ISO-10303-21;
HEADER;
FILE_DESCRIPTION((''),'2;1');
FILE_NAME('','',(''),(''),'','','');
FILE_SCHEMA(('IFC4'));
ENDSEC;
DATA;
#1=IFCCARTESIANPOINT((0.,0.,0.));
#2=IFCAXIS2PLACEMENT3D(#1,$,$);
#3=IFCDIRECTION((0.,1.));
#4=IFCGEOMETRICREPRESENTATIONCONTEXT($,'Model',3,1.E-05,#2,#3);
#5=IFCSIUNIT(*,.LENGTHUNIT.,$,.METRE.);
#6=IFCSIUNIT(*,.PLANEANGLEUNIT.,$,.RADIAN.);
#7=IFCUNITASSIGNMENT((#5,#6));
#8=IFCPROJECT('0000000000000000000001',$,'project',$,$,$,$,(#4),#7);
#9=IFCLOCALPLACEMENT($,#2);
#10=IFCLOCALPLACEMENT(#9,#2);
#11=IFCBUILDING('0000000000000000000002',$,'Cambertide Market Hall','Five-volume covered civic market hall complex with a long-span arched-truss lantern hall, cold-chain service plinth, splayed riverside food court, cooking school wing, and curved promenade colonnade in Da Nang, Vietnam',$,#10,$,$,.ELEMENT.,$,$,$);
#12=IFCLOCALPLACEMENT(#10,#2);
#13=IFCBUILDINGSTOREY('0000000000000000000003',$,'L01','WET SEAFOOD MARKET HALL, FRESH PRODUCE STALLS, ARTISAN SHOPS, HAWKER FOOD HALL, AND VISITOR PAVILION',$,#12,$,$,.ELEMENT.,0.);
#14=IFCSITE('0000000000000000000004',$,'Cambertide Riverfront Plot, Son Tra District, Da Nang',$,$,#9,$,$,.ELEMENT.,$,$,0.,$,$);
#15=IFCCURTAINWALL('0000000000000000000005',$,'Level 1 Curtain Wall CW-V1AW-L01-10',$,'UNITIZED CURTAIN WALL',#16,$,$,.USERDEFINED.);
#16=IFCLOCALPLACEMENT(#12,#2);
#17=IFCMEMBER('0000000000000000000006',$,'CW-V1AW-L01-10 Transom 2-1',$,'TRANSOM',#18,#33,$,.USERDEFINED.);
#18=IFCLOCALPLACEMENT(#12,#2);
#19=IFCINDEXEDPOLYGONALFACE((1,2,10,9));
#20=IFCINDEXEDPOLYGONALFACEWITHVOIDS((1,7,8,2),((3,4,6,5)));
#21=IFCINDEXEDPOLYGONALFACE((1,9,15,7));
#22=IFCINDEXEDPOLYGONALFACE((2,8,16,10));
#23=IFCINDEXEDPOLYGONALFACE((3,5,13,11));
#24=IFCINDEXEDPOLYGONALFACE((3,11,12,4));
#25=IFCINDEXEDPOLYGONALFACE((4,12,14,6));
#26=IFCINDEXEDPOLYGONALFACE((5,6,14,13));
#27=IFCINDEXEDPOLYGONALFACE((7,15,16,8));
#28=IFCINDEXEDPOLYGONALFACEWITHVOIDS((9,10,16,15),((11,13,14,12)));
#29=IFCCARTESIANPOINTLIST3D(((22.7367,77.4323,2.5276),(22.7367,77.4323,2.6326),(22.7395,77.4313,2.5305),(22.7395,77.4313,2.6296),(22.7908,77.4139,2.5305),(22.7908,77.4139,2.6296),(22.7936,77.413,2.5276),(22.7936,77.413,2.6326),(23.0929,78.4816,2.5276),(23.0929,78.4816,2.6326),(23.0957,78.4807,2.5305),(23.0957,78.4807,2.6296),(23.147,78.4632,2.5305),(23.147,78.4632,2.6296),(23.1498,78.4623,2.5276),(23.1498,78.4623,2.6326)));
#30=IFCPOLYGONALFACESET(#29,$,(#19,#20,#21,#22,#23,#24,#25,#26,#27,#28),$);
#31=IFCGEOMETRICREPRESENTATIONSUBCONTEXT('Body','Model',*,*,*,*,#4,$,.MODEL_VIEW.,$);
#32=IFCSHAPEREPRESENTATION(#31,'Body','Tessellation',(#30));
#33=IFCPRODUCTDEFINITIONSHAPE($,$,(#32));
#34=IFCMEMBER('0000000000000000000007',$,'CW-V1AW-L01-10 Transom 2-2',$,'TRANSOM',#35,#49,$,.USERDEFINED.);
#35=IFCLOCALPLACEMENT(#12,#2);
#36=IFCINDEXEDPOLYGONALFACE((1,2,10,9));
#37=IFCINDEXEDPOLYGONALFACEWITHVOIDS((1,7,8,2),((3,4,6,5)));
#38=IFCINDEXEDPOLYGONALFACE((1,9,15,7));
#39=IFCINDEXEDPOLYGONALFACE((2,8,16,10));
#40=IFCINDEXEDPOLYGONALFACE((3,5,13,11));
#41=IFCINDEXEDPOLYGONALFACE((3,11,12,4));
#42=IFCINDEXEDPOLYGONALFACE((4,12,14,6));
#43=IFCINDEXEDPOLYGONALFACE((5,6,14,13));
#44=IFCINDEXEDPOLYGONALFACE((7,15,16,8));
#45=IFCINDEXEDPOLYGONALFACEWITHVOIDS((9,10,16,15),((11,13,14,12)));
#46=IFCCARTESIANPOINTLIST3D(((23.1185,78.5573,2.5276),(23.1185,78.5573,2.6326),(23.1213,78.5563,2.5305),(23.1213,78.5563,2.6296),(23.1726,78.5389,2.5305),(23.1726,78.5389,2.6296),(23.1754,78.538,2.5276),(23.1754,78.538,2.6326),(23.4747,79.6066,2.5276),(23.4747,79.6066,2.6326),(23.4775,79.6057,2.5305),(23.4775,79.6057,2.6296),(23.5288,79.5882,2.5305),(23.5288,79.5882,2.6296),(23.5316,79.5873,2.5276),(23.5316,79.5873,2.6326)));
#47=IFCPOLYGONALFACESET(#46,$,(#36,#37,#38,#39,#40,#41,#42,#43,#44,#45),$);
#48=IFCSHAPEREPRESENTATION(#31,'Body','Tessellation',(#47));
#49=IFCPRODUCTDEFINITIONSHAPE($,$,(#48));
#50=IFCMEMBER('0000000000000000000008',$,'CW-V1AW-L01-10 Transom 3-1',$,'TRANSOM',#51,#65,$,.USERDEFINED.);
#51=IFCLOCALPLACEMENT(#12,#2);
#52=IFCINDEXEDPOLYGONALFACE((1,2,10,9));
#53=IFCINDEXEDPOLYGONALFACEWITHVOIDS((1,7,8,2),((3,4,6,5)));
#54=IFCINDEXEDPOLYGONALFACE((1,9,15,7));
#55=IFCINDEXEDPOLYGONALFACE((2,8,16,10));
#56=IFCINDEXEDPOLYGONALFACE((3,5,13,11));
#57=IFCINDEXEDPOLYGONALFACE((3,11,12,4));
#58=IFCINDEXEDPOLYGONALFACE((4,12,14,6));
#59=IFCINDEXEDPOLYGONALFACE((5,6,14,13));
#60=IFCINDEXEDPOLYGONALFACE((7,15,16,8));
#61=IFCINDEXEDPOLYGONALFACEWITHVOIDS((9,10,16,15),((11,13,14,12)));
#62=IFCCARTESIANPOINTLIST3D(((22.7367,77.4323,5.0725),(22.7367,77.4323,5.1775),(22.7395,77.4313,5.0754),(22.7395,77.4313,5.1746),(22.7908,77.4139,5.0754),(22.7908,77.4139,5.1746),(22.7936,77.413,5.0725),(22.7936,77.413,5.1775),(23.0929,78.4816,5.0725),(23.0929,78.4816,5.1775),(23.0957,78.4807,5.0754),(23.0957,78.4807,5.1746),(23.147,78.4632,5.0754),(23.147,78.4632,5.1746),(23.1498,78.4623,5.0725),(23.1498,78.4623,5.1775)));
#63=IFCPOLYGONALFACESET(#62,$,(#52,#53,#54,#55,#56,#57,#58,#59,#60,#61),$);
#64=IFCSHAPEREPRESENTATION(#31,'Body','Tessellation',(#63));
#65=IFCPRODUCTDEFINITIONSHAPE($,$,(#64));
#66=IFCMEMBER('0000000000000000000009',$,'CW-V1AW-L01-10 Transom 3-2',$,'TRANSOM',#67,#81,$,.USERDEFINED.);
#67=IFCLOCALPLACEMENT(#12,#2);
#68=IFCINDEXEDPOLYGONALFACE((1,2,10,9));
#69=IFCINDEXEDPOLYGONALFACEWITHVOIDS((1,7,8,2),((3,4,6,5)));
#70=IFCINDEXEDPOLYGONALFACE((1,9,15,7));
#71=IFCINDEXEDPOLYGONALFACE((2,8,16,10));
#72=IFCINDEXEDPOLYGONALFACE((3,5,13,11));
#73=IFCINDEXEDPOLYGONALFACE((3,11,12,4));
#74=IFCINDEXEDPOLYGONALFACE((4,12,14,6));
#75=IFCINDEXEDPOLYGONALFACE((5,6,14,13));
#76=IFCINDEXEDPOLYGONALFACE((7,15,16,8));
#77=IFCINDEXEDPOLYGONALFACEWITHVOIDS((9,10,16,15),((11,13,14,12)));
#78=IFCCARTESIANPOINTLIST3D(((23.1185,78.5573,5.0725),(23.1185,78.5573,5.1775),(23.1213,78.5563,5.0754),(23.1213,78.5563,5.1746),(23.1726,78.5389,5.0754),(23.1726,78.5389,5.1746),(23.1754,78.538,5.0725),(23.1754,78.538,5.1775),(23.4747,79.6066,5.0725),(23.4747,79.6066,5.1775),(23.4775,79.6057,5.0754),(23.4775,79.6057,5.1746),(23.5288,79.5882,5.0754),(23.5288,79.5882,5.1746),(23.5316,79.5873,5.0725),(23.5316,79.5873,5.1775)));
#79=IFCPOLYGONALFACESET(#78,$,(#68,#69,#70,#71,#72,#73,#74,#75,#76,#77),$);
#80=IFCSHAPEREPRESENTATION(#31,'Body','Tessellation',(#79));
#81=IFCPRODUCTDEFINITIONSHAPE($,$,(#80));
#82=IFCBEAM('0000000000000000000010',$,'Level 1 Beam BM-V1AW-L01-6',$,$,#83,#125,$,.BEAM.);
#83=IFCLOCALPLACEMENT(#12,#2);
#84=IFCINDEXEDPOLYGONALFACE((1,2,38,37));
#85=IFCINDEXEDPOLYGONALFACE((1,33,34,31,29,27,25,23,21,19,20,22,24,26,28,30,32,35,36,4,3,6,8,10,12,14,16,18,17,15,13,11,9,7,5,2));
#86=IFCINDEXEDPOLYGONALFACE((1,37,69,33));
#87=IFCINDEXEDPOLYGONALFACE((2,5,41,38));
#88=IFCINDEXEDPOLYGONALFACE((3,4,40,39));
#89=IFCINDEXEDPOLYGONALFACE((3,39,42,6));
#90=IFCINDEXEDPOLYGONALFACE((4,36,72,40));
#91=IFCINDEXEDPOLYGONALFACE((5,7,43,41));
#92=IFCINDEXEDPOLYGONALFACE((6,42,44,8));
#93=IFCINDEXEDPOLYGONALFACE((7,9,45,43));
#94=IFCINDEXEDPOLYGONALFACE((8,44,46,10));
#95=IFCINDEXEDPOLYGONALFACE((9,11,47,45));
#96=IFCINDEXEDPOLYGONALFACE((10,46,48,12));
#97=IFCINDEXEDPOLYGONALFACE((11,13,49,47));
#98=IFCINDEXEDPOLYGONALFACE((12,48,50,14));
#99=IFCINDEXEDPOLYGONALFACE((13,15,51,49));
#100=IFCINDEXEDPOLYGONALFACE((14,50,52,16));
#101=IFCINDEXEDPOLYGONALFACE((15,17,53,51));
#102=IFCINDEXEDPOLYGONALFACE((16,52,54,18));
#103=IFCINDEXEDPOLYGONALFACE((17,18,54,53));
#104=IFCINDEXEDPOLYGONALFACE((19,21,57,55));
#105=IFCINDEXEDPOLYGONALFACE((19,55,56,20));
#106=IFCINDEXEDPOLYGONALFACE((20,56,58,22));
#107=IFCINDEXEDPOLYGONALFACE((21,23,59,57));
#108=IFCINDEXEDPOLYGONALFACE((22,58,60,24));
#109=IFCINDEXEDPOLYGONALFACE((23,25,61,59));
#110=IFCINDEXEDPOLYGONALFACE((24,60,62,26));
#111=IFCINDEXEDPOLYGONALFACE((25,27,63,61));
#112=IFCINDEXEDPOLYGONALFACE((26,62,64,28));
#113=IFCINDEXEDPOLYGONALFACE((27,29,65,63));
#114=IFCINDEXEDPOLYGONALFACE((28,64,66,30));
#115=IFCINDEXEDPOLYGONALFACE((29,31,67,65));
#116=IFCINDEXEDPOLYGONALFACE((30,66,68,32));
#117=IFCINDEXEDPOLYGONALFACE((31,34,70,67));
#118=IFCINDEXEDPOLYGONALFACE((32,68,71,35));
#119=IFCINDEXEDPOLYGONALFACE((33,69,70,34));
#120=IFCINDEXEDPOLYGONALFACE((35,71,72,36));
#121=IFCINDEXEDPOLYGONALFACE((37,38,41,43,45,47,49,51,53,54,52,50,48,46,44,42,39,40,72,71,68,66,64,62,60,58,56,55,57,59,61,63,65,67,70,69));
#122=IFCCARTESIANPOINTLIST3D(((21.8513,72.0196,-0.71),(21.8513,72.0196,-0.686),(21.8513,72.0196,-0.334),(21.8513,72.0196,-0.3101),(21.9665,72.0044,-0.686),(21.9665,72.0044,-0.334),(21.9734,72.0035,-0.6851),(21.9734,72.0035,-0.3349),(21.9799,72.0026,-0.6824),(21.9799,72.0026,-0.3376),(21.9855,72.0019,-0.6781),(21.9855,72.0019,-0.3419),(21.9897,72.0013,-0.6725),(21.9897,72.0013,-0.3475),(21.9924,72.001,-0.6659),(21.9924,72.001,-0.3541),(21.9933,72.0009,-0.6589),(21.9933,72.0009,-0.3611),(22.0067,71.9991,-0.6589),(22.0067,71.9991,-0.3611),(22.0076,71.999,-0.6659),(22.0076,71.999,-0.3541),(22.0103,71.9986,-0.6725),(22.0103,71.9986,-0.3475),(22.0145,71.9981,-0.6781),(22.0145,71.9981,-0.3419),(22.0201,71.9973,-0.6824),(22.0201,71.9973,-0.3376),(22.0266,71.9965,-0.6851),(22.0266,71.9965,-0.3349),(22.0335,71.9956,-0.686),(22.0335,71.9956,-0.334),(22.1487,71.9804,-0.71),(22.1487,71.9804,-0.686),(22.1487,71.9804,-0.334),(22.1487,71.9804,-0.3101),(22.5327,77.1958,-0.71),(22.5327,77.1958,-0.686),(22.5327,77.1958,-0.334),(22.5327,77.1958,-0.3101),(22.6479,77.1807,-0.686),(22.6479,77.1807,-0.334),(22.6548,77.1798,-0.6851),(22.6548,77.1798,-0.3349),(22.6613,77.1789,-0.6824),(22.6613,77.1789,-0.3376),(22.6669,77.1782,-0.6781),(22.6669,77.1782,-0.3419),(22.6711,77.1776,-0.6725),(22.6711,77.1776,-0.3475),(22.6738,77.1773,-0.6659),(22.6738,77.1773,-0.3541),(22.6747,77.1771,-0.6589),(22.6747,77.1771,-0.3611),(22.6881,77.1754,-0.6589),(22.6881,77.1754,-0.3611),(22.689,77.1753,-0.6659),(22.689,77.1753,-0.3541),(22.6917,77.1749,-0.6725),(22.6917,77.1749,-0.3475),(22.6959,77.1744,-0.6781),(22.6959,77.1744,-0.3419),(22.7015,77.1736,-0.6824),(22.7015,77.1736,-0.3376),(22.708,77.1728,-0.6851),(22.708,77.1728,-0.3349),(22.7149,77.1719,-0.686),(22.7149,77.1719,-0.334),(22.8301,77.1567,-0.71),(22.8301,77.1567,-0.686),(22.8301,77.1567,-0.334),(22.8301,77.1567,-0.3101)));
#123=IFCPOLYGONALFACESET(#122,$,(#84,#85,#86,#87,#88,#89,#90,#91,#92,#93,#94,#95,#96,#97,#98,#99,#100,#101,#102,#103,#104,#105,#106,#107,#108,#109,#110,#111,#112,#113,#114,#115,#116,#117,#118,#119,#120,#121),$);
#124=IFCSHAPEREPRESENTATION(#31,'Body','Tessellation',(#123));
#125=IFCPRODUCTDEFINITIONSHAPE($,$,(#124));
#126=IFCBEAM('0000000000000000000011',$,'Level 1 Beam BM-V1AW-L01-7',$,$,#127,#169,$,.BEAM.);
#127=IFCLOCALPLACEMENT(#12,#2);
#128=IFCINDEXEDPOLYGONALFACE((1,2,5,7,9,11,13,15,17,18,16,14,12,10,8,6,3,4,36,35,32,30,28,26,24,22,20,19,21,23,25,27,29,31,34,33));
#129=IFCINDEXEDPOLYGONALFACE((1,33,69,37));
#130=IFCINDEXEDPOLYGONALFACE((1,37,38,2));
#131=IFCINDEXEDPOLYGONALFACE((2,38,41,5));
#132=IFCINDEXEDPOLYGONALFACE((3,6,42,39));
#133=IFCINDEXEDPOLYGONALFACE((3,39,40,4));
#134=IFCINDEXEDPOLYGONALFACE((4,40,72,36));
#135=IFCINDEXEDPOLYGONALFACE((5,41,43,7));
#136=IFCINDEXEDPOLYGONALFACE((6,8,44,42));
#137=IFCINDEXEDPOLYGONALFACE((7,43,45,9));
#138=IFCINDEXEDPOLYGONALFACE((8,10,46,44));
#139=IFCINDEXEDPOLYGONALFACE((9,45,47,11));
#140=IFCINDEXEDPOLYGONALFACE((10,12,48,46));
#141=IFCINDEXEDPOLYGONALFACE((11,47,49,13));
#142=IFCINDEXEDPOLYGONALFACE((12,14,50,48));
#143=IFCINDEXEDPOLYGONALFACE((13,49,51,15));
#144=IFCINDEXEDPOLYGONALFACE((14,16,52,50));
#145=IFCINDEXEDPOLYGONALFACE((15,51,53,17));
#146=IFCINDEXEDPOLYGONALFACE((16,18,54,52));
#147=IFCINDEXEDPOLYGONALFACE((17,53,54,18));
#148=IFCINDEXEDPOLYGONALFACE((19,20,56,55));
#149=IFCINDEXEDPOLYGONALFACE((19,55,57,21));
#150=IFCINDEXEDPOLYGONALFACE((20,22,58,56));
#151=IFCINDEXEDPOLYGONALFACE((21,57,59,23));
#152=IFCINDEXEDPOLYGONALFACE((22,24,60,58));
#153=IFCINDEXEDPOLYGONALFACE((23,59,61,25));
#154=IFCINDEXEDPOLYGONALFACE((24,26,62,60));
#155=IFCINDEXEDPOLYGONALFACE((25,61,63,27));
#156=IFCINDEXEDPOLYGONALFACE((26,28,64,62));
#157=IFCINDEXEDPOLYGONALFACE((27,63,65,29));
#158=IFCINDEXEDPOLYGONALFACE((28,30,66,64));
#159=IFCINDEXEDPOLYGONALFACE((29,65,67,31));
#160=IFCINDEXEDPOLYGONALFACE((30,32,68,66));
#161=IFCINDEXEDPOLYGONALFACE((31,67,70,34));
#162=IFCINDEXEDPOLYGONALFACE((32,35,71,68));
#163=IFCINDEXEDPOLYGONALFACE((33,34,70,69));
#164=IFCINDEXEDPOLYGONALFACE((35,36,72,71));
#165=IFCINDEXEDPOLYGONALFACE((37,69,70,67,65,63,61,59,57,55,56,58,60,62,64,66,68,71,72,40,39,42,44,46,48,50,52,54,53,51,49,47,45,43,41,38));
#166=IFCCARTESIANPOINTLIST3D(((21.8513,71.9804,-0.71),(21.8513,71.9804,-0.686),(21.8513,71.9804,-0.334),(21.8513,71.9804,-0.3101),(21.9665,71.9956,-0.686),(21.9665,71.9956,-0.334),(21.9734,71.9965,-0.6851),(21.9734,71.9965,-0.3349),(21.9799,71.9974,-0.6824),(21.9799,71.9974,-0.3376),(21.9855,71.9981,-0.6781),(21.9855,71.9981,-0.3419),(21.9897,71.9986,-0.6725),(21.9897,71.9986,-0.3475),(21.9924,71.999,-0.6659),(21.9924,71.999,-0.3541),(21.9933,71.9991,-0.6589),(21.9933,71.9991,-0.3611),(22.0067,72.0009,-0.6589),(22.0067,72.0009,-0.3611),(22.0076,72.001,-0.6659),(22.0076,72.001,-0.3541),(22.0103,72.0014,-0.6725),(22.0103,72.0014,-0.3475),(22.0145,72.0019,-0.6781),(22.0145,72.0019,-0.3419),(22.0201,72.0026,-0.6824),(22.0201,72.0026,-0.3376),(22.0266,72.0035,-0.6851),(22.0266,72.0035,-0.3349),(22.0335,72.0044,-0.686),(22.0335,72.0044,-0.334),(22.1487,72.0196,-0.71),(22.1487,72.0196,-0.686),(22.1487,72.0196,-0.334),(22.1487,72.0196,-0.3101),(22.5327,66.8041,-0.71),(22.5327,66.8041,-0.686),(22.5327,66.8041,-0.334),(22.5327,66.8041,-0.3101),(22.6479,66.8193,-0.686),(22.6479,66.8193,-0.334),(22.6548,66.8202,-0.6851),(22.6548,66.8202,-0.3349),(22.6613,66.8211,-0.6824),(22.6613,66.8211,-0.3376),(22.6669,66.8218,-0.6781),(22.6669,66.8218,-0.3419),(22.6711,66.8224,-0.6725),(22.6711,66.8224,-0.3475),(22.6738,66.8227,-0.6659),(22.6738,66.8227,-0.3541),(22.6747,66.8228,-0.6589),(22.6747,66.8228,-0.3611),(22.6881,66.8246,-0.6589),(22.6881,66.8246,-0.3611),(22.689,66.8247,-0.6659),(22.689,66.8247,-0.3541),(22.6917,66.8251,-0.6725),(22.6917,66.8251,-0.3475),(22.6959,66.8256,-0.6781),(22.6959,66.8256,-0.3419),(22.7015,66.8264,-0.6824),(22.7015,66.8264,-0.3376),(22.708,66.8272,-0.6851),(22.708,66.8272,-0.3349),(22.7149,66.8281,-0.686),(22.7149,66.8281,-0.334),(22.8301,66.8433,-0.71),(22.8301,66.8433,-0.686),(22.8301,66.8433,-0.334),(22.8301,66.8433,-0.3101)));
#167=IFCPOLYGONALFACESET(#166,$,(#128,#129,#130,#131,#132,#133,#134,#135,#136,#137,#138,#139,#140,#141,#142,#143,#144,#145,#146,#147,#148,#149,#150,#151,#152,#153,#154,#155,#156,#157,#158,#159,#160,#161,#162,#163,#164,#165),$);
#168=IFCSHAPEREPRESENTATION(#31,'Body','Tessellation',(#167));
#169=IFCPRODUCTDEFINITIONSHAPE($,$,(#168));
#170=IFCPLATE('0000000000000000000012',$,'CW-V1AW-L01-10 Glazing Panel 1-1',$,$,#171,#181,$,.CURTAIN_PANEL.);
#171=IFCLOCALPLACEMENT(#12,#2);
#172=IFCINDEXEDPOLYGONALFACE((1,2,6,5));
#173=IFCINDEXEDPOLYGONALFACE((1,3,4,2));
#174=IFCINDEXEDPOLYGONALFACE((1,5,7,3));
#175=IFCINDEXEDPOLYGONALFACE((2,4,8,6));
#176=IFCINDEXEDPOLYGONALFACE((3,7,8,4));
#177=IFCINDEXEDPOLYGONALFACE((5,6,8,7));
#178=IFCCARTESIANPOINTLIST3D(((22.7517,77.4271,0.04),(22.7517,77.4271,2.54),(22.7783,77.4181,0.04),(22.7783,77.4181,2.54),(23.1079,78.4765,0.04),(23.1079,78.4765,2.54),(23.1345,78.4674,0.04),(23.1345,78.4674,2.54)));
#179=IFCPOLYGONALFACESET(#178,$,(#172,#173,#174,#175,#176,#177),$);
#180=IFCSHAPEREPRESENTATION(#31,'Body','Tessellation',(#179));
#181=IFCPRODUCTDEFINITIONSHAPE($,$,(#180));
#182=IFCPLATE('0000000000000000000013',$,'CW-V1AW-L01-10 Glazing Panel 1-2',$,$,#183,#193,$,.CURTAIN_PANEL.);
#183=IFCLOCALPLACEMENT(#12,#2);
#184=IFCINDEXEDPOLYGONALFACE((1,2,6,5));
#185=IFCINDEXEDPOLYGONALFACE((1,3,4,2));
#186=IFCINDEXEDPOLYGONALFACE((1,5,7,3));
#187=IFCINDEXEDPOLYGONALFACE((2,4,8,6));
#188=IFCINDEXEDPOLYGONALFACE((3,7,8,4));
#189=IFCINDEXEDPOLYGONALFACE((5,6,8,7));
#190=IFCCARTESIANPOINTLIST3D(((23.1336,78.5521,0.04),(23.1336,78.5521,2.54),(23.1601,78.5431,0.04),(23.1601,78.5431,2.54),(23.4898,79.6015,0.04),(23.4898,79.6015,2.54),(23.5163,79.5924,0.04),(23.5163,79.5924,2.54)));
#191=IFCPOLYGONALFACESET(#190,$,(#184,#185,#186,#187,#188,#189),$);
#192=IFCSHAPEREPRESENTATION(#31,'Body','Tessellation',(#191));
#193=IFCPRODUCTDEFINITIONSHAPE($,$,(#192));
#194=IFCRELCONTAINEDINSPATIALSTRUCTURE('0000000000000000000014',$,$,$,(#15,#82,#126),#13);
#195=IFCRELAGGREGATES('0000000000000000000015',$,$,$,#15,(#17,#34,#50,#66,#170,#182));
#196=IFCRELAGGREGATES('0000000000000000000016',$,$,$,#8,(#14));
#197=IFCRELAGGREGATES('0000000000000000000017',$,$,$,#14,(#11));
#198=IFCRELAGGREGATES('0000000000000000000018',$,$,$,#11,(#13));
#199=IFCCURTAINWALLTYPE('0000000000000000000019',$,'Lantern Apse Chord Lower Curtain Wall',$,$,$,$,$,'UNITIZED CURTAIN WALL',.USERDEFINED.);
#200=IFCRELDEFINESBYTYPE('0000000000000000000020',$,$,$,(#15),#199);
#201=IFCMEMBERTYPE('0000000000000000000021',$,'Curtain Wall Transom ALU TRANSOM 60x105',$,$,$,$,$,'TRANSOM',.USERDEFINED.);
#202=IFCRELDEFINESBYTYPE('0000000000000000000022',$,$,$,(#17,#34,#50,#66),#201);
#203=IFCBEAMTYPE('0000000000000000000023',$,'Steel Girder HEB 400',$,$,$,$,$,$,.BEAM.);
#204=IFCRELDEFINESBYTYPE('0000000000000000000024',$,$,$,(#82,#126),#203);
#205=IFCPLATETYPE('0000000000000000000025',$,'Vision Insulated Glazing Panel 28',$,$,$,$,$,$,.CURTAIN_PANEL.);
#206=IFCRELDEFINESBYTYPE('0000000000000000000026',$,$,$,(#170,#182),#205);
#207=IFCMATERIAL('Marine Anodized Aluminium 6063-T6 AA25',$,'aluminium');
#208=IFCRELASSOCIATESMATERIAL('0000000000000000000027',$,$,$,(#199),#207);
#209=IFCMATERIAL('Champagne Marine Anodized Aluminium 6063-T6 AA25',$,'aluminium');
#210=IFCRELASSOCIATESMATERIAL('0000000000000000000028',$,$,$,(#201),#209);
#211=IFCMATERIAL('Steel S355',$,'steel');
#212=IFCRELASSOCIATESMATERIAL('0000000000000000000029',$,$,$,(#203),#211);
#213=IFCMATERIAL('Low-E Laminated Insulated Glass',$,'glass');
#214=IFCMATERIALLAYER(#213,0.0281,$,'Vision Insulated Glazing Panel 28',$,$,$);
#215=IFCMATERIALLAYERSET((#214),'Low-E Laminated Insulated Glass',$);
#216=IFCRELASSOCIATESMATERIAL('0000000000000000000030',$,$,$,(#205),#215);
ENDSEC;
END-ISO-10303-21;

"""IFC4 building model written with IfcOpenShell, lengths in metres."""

from ifc_helpers import new_model, si_unit, direction, frame, origin, origin_2d, place, context, subcontext, project, spatial, rectangle, hollow_rectangle, i_section, extrude, material, layer, layer_set, material_profile, profile_set, type_object, element, aggregate, save


model = new_model("IFC4")

# Units and contexts
model_context = context("Model", 3, precision=1e-05, world=origin(), true_north=direction((0.0, 1.0)))
body_context = subcontext(model_context, "Body", "Model", "MODEL_VIEW")
ifc_project = project(units=[si_unit("LENGTHUNIT", "METRE"), si_unit("PLANEANGLEUNIT", "RADIAN")], contexts=[model_context])

# Site, building, storey
site_placement = place(None, origin())
site = spatial("IfcSite", under=ifc_project, at=site_placement, Name="Cambertide Riverfront Plot, Son Tra District, Da Nang", CompositionType="ELEMENT", RefElevation=0.0)
building_placement = place(site_placement, origin())
building = spatial("IfcBuilding", under=site, at=building_placement, Name="Cambertide Market Hall", Description="Five-volume covered civic market hall complex with a long-span arched-truss lantern hall, cold-chain service plinth, splayed riverside food court, cooking school wing, and curved promenade colonnade in Da Nang, Vietnam", CompositionType="ELEMENT")
storey_placement = place(building_placement, origin())
storey = spatial("IfcBuildingStorey", under=building, at=storey_placement, Name="L01", Description="WET SEAFOOD MARKET HALL, FRESH PRODUCE STALLS, ARTISAN SHOPS, HAWKER FOOD HALL, AND VISITOR PAVILION", CompositionType="ELEMENT", Elevation=0.0)

# Shared definitions
ifc_material_1 = material(Name="Marine Anodized Aluminium 6063-T6 AA25", Category="aluminium")
curtain_wall_type = type_object("IfcCurtainWallType", Name="Lantern Apse Chord Lower Curtain Wall", ElementType="UNITIZED CURTAIN WALL", PredefinedType="USERDEFINED", material=ifc_material_1)

# Curtain wall
curtain_wall_1_placement = place(storey_placement, origin())
curtain_wall_1 = element("IfcCurtainWall", 1, at=curtain_wall_1_placement, inside=storey, type_object=curtain_wall_type, Name="Level 1 Curtain Wall CW-V1AW-L01-10", ObjectType="UNITIZED CURTAIN WALL", PredefinedType="USERDEFINED")

# Members
ifc_material_2 = material(Name="Champagne Marine Anodized Aluminium 6063-T6 AA25", Category="aluminium")
ifc_material_profile_1 = material_profile(ifc_material_2, hollow_rectangle(XDim=0.0601, YDim=0.105, WallThickness=0.0029, at=origin_2d()), Name="ALU TRANSOM 60x105")
ifc_profile_set_1 = profile_set([ifc_material_profile_1], Name="Champagne Marine Anodized Aluminium 6063-T6 AA25")
member_type_1 = type_object("IfcMemberType", Name="Curtain Wall Transom ALU TRANSOM 60x105", ElementType="TRANSOM", PredefinedType="USERDEFINED", material=ifc_profile_set_1)
member_1_placement = place(storey_placement, frame((22.7651, 77.4226, 2.5801), z_axis=(0.321445, 0.946928, 0.0), x_axis=(-0.946928, 0.321445, 0.0)))
member_1 = element("IfcMember", 2, at=member_1_placement, type_object=member_type_1, Name="CW-V1AW-L01-10 Transom 2-1", ObjectType="TRANSOM", PredefinedType="USERDEFINED", context=body_context, shape_type="SweptSolid", body=[
    extrude(hollow_rectangle(XDim=0.0601, YDim=0.105, WallThickness=0.0029, at=origin_2d()), origin(), (0.0, 0.0, 1.0), 1.1082),
])
member_2_placement = place(storey_placement, frame((23.147, 78.5476, 2.5801), z_axis=(0.321445, 0.946928, 0.0), x_axis=(-0.946928, 0.321445, 0.0)))
member_2 = element("IfcMember", 3, at=member_2_placement, type_object=member_type_1, Name="CW-V1AW-L01-10 Transom 2-2", ObjectType="TRANSOM", PredefinedType="USERDEFINED", context=body_context, shape_type="SweptSolid", body=[
    extrude(hollow_rectangle(XDim=0.0601, YDim=0.105, WallThickness=0.0029, at=origin_2d()), origin(), (0.0, 0.0, 1.0), 1.1082),
])
member_3_placement = place(storey_placement, frame((22.7651, 77.4226, 5.125), z_axis=(0.321445, 0.946928, 0.0), x_axis=(-0.946928, 0.321445, 0.0)))
member_3 = element("IfcMember", 4, at=member_3_placement, type_object=member_type_1, Name="CW-V1AW-L01-10 Transom 3-1", ObjectType="TRANSOM", PredefinedType="USERDEFINED", context=body_context, shape_type="SweptSolid", body=[
    extrude(hollow_rectangle(XDim=0.0601, YDim=0.105, WallThickness=0.0029, at=origin_2d()), origin(), (0.0, 0.0, 1.0), 1.1082),
])
member_4_placement = place(storey_placement, frame((23.147, 78.5476, 5.125), z_axis=(0.321445, 0.946928, 0.0), x_axis=(-0.946928, 0.321445, 0.0)))
member_4 = element("IfcMember", 5, at=member_4_placement, type_object=member_type_1, Name="CW-V1AW-L01-10 Transom 3-2", ObjectType="TRANSOM", PredefinedType="USERDEFINED", context=body_context, shape_type="SweptSolid", body=[
    extrude(hollow_rectangle(XDim=0.0601, YDim=0.105, WallThickness=0.0029, at=origin_2d()), origin(), (0.0, 0.0, 1.0), 1.1082),
])

# Beams
ifc_material_3 = material(Name="Steel S355", Category="steel")
ifc_material_profile_2 = material_profile(ifc_material_3, i_section(OverallWidth=0.3, OverallDepth=0.3999, WebThickness=0.0134, FlangeThickness=0.0239, FilletRadius=0.0271, at=origin_2d()), Name="HEB 400")
ifc_profile_set_2 = profile_set([ifc_material_profile_2], Name="Steel S355")
beam_type = type_object("IfcBeamType", Name="Steel Girder HEB 400", PredefinedType="BEAM", material=ifc_profile_set_2)
for number, where, z_axis, x_axis, name in (
    (6, (22.6814, 77.1763, -0.51), (-0.130513, -0.991447, 0.0), (0.991447, -0.130513, 0.0), "Level 1 Beam BM-V1AW-L01-6"),
    (7, (22.0, 72.0, -0.51), (0.130513, -0.991447, 0.0), (0.991447, 0.130513, 0.0), "Level 1 Beam BM-V1AW-L01-7"),
):
    element("IfcBeam", number, at=place(storey_placement, frame(where, z_axis=z_axis, x_axis=x_axis)), inside=storey, type_object=beam_type, Name=name, PredefinedType="BEAM", context=body_context, shape_type="SweptSolid", body=[
        extrude(i_section(OverallWidth=0.3, OverallDepth=0.3999, WebThickness=0.0134, FlangeThickness=0.0239, FilletRadius=0.0271, at=origin_2d()), origin(), (0.0, 0.0, 1.0), 5.2209),
    ])

# Plates
ifc_material_4 = material(Name="Low-E Laminated Insulated Glass", Category="glass")
ifc_layer_1 = layer(ifc_material_4, 0.0281, Name="Vision Insulated Glazing Panel 28")
ifc_layer_set_1 = layer_set([ifc_layer_1], Name="Low-E Laminated Insulated Glass")
plate_type = type_object("IfcPlateType", Name="Vision Insulated Glazing Panel 28", PredefinedType="CURTAIN_PANEL", material=ifc_layer_set_1)
plate_1_placement = place(storey_placement, frame((22.9431, 77.9473, 0.04), z_axis=(0.0, 0.0, 1.0), x_axis=(0.321439, 0.94693, 0.0)))
plate_1 = element("IfcPlate", 8, at=plate_1_placement, type_object=plate_type, Name="CW-V1AW-L01-10 Glazing Panel 1-1", PredefinedType="CURTAIN_PANEL", context=body_context, shape_type="SweptSolid", body=[
    extrude(rectangle(XDim=1.1082, YDim=0.0281, at=origin_2d()), origin(), (0.0, 0.0, 1.0), 2.5),
])
plate_2_placement = place(storey_placement, frame((23.325, 79.0723, 0.04), z_axis=(0.0, 0.0, 1.0), x_axis=(0.321439, 0.94693, 0.0)))
plate_2 = element("IfcPlate", 9, at=plate_2_placement, type_object=plate_type, Name="CW-V1AW-L01-10 Glazing Panel 1-2", PredefinedType="CURTAIN_PANEL", context=body_context, shape_type="SweptSolid", body=[
    extrude(rectangle(XDim=1.1082, YDim=0.0281, at=origin_2d()), origin(), (0.0, 0.0, 1.0), 2.5),
])
aggregate(curtain_wall_1, [member_1, member_2, member_3, member_4, plate_1, plate_2])

save(model, "model.ifc")
